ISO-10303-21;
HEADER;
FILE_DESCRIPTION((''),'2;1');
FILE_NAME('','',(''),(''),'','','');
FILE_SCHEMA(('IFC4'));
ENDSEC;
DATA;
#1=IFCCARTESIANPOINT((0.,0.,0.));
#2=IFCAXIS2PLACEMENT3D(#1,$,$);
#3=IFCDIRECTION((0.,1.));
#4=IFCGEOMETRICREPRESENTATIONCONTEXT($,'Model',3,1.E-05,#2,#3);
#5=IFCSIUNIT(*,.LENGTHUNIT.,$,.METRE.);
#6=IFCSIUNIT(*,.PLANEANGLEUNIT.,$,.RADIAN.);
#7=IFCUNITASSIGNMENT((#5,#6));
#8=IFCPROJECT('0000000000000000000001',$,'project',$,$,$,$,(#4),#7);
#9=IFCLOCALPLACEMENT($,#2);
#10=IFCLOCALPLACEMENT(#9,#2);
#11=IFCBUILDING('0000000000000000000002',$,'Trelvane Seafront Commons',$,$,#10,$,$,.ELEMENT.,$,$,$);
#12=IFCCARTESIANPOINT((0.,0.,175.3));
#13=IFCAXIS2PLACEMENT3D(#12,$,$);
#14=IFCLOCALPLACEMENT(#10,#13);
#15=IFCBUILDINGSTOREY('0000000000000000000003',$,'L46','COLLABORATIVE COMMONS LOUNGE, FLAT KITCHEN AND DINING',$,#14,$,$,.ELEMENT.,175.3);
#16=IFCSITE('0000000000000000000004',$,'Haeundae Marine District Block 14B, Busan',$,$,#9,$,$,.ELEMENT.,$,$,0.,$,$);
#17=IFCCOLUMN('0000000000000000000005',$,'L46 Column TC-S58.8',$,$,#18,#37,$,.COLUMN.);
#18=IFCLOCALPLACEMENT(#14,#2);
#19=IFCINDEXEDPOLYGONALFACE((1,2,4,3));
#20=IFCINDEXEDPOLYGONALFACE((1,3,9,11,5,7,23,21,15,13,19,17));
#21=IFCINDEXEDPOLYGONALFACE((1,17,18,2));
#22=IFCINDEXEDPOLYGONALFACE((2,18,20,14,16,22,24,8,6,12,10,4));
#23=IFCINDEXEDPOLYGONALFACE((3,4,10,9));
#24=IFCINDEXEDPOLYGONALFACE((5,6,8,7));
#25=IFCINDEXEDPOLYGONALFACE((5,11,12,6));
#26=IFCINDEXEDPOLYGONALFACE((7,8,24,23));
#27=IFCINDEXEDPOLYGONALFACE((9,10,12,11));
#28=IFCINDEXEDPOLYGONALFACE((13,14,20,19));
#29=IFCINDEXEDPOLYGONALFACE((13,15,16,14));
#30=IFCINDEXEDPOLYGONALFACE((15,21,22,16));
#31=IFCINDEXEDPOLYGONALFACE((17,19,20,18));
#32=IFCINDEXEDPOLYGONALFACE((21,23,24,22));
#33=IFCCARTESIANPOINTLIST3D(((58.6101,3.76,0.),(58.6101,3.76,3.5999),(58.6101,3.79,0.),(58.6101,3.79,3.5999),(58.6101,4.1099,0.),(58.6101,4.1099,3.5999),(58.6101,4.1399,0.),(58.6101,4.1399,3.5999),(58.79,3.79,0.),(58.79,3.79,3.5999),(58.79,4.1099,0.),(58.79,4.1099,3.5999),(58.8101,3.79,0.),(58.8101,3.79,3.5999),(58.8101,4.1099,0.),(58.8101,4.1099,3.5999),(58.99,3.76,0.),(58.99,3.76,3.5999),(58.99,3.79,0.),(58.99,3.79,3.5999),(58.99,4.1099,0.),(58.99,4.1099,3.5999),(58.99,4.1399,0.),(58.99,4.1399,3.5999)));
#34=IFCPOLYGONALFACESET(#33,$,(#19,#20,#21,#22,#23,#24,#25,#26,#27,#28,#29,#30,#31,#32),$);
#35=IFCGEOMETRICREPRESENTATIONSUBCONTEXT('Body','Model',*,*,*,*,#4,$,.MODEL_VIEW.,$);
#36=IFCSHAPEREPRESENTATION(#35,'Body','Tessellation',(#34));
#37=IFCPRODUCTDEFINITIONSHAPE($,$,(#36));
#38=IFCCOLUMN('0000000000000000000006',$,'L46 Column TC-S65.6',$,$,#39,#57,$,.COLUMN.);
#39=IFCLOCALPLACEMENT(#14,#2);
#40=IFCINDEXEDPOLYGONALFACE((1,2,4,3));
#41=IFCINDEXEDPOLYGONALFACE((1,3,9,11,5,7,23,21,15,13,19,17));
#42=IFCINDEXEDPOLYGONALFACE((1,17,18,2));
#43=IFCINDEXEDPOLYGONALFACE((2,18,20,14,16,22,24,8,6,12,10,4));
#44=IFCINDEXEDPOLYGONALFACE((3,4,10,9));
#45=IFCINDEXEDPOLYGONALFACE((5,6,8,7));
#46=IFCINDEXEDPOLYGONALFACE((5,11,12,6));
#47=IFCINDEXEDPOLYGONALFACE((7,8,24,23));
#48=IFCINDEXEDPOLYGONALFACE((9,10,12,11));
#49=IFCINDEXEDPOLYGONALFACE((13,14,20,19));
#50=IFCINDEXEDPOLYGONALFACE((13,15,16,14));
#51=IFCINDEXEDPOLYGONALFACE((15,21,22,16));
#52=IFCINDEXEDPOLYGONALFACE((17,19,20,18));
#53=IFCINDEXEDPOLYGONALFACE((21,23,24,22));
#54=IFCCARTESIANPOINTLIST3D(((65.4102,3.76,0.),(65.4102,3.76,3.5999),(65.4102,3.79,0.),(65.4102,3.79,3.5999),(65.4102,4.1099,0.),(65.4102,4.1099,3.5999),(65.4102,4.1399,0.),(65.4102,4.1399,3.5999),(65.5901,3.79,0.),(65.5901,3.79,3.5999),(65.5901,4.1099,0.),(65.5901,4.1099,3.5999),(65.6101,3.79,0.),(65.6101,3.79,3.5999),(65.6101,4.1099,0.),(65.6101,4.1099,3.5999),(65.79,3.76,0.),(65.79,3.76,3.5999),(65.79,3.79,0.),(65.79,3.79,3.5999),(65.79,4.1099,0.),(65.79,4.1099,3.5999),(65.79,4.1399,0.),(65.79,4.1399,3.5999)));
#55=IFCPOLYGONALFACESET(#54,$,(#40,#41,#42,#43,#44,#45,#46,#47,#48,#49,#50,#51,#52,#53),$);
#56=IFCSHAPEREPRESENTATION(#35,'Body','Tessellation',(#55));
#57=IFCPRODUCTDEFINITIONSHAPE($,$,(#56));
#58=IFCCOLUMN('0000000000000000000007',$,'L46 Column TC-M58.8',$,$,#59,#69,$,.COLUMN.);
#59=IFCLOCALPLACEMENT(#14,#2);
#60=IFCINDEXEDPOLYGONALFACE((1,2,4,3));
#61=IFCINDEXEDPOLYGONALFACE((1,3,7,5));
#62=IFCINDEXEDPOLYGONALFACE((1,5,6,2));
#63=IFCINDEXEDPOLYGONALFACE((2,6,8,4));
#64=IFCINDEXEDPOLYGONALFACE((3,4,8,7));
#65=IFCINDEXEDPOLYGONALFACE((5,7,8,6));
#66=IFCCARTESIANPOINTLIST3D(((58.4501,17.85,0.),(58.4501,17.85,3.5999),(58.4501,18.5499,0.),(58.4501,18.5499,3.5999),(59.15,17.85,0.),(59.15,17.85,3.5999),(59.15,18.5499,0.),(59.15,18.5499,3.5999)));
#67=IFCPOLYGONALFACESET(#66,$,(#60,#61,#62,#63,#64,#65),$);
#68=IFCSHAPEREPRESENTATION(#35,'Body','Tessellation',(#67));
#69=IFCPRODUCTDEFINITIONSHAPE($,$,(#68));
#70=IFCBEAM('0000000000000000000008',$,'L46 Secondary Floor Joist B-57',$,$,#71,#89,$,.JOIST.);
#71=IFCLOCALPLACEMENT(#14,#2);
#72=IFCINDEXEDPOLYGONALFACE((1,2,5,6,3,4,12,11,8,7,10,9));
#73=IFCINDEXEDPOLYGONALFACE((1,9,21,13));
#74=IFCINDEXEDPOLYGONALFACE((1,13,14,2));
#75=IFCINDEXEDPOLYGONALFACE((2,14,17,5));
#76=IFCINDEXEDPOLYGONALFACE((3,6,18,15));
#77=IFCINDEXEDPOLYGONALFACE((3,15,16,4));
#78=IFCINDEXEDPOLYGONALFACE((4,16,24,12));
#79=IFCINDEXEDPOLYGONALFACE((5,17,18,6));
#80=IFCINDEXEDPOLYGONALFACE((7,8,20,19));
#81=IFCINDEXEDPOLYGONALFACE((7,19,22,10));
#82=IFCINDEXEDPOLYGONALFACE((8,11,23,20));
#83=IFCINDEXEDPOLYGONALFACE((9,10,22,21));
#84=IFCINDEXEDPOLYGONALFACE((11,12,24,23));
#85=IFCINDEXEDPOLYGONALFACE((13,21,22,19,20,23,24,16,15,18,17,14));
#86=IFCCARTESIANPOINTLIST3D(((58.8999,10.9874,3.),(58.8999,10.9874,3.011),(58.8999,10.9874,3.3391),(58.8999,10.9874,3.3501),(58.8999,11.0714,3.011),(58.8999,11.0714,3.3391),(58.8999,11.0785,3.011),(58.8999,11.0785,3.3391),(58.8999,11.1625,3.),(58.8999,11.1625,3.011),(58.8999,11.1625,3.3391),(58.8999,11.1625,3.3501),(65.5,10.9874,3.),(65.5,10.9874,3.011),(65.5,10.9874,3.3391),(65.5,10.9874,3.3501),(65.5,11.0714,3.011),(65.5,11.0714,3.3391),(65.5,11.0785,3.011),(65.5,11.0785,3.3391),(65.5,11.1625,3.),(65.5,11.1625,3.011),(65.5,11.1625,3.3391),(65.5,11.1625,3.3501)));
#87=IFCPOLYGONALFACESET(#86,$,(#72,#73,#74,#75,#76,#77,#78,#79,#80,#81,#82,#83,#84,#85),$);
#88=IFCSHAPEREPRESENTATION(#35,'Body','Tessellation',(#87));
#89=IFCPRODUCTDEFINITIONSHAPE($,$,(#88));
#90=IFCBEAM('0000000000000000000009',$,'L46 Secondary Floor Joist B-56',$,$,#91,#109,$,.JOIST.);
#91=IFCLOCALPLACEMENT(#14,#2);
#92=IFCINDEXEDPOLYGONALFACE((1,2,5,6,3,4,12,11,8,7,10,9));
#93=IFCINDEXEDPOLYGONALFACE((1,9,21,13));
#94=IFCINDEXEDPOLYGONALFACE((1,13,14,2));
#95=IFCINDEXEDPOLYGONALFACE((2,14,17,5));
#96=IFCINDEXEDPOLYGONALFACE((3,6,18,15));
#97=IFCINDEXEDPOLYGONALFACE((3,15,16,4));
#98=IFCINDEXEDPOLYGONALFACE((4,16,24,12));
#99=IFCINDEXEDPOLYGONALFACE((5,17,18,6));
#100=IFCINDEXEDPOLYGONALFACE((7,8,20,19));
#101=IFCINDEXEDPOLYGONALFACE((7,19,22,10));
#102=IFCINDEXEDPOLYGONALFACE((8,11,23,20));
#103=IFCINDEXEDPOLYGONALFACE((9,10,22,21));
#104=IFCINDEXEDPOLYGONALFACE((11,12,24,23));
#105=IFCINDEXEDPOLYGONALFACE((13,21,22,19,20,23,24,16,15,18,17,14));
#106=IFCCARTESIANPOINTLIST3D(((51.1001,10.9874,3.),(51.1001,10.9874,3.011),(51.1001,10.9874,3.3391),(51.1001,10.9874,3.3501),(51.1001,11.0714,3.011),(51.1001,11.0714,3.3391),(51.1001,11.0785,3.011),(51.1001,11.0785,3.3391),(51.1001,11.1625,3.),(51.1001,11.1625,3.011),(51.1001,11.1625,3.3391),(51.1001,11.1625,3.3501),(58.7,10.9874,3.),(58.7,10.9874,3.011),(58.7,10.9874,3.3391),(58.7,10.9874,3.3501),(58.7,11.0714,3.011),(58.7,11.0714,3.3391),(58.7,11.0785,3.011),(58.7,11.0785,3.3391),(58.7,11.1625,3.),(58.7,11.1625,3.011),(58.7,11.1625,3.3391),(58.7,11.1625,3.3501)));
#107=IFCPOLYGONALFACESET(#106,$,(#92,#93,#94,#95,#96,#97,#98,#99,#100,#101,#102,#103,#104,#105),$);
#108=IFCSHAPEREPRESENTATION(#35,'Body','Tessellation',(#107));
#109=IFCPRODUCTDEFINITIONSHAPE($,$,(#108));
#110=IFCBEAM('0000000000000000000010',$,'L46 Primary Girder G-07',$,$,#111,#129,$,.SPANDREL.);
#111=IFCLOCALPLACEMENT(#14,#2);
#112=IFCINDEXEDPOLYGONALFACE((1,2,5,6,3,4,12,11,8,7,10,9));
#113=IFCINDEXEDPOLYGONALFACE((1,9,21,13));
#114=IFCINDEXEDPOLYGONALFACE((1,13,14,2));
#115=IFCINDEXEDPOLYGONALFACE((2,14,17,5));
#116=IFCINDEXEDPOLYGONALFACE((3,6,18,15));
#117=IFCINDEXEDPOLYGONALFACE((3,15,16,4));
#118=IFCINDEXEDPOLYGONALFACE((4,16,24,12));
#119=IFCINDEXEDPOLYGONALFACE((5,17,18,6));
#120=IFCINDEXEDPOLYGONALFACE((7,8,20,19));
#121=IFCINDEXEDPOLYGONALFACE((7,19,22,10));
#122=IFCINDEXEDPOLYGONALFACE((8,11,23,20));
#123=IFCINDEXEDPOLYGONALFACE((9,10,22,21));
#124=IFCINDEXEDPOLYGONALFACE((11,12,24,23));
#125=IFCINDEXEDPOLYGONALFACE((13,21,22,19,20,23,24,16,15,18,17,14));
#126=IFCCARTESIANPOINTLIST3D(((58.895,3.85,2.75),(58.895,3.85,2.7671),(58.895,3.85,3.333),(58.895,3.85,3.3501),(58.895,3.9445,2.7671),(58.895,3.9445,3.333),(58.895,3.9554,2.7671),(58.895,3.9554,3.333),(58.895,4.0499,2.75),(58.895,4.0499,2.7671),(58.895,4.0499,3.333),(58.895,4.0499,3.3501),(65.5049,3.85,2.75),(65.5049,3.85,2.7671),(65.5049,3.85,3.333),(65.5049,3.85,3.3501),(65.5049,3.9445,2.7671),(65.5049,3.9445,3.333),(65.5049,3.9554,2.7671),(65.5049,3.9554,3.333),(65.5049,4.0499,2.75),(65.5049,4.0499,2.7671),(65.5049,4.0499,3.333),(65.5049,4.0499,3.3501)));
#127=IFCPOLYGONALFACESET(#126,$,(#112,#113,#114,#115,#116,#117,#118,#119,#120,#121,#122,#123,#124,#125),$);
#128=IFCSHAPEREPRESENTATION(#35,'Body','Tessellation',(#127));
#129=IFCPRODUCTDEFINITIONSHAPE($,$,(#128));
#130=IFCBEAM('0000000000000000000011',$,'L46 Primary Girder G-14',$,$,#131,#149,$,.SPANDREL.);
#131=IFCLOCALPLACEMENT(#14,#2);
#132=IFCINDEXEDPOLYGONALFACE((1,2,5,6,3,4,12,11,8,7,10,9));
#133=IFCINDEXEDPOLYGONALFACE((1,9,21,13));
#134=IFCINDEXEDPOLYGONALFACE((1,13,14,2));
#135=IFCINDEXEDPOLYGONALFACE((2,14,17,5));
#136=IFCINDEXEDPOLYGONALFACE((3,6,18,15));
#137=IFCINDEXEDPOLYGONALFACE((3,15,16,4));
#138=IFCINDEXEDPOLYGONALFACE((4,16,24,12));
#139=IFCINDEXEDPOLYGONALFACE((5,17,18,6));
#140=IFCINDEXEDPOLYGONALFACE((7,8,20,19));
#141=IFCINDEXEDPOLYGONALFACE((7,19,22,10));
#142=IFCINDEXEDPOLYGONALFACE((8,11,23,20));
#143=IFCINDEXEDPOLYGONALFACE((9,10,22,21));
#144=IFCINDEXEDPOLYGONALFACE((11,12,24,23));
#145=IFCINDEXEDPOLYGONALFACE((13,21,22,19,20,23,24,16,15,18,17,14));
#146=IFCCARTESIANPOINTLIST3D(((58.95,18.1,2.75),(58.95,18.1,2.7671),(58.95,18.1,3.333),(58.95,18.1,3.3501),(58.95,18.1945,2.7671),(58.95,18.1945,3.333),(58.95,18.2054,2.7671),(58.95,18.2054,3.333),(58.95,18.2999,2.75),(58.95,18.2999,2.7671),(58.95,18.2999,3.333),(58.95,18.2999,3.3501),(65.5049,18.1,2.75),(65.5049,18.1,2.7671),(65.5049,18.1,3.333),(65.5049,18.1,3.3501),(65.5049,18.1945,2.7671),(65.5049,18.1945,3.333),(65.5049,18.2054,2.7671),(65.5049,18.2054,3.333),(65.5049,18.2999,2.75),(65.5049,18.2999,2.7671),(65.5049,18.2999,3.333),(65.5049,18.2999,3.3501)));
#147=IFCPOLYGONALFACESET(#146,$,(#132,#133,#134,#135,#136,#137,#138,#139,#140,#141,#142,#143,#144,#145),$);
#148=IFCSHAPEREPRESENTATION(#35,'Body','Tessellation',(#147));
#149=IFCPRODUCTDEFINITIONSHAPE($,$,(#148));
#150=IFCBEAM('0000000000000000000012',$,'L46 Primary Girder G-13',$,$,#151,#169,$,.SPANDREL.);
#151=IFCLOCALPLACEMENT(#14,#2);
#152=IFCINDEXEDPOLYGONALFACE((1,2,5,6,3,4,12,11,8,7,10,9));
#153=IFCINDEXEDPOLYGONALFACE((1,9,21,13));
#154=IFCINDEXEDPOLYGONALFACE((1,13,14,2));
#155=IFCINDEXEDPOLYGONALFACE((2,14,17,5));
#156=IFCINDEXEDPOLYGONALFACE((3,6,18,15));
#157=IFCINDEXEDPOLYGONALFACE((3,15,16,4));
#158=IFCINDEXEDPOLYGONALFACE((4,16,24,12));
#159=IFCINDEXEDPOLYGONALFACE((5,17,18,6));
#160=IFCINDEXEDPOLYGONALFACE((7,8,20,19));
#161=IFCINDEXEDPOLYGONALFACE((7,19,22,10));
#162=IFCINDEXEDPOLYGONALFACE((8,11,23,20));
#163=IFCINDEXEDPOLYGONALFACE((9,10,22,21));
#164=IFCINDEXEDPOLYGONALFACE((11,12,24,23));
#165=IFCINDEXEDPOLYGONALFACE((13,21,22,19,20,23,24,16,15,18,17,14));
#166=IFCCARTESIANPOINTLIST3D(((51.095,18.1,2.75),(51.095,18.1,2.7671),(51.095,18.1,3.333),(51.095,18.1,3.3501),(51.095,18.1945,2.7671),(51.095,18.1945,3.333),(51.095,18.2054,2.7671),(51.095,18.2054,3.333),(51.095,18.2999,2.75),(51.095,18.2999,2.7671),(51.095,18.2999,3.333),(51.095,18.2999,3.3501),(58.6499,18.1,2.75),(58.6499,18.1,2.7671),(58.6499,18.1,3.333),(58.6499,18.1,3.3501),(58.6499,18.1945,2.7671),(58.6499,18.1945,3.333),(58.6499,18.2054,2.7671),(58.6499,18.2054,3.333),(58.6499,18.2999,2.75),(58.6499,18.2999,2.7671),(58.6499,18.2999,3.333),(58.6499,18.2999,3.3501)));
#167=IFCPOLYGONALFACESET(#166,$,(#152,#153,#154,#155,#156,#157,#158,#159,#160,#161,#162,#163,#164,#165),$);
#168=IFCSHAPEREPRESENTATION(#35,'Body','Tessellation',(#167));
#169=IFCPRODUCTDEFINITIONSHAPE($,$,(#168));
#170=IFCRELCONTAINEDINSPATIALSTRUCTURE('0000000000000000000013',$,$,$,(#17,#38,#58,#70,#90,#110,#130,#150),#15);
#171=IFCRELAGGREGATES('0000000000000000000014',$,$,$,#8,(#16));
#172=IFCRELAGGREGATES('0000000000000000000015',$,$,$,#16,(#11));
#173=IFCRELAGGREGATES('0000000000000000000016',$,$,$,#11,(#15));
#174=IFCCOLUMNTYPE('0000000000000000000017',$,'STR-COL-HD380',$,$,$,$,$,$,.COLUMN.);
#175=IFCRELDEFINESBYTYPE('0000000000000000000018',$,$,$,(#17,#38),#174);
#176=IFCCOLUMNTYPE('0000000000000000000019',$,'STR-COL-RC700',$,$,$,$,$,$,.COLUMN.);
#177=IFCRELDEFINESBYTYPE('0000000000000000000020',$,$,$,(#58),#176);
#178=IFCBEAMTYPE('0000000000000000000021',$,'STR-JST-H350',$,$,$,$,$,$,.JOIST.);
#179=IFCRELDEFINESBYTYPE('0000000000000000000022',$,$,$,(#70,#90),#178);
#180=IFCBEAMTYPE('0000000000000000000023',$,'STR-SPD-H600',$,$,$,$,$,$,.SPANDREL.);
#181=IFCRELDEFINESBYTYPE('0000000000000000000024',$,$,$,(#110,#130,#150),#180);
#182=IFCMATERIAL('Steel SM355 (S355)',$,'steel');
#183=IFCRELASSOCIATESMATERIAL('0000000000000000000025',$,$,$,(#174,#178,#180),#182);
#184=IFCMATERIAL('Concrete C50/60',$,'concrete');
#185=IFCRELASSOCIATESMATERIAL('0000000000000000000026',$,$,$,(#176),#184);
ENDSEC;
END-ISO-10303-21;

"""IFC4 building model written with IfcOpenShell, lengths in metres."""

from ifc_helpers import new_model, si_unit, direction, frame, origin, origin_2d, place, context, subcontext, project, spatial, rectangle, i_section, extrude, source, transform, mapped, material, material_profile, profile_set, type_object, element, save


model = new_model("IFC4")

# Units and contexts
model_context = context("Model", 3, precision=1e-05, world=origin(), true_north=direction((0.0, 1.0)))
body_context = subcontext(model_context, "Body", "Model", "MODEL_VIEW")
ifc_project = project(units=[si_unit("LENGTHUNIT", "METRE"), si_unit("PLANEANGLEUNIT", "RADIAN")], contexts=[model_context])

# Site, building, storey
site_placement = place(None, origin())
site = spatial("IfcSite", under=ifc_project, at=site_placement, Name="Haeundae Marine District Block 14B, Busan", CompositionType="ELEMENT", RefElevation=0.0)
building_placement = place(site_placement, origin())
building = spatial("IfcBuilding", under=site, at=building_placement, Name="Trelvane Seafront Commons", CompositionType="ELEMENT")
storey_placement = place(building_placement, frame((0.0, 0.0, 175.3)))
storey = spatial("IfcBuildingStorey", under=building, at=storey_placement, Name="L46", Description="COLLABORATIVE COMMONS LOUNGE, FLAT KITCHEN AND DINING", CompositionType="ELEMENT", Elevation=175.3)

# Columns
ifc_material_1 = material(Name="Steel SM355 (S355)", Category="steel")
ifc_material_profile_1 = material_profile(ifc_material_1, i_section(OverallWidth=0.3799, OverallDepth=0.3799, WebThickness=0.02, FlangeThickness=0.03, at=origin_2d()), Name="HD-380x380x20x30")
ifc_profile_set_1 = profile_set([ifc_material_profile_1], Name="Steel SM355 (S355)")
column_type_1 = type_object("IfcColumnType", Name="STR-COL-HD380", PredefinedType="COLUMN", material=ifc_profile_set_1)
shared_shape_1 = source(origin(), body_context, "Body", "SweptSolid", [
    extrude(i_section(OverallWidth=0.3799, OverallDepth=0.3799, WebThickness=0.02, FlangeThickness=0.03, at=origin_2d()), origin(), (0.0, 0.0, 1.0), 3.5999),
])
for number, where, z_axis, x_axis, name in (
    (1, (58.8, 3.95, 0.0), (0.0, 0.0, 1.0), (1.0, 0.0, 0.0), "L46 Column TC-S58.8"),
    (2, (65.6001, 3.95, 0.0), (0.0, 0.0, 1.0), (1.0, 0.0, 0.0), "L46 Column TC-S65.6"),
):
    element("IfcColumn", number, at=place(storey_placement, frame(where, z_axis=z_axis, x_axis=x_axis)), inside=storey, type_object=column_type_1, Name=name, PredefinedType="COLUMN", context=body_context, shape_type="MappedRepresentation", body=[
        mapped(shared_shape_1, transform((0.0, 0.0, 0.0), x_axis=(1.0, 0.0, 0.0), y_axis=(0.0, 1.0, 0.0), z_axis=(0.0, 0.0, 1.0), scale=1.0)),
    ])
ifc_material_2 = material(Name="Concrete C50/60", Category="concrete")
ifc_material_profile_2 = material_profile(ifc_material_2, rectangle(XDim=0.7, YDim=0.7, at=origin_2d()), Name="RC-700x700")
ifc_profile_set_2 = profile_set([ifc_material_profile_2], Name="Concrete C50/60")
column_type_2 = type_object("IfcColumnType", Name="STR-COL-RC700", PredefinedType="COLUMN", material=ifc_profile_set_2)
shared_shape_2 = source(origin(), body_context, "Body", "SweptSolid", [
    extrude(rectangle(XDim=0.7, YDim=0.7, at=origin_2d()), origin(), (0.0, 0.0, 1.0), 3.5999),
])
column_placement = place(storey_placement, frame((58.8, 18.2, 0.0), z_axis=(0.0, 0.0, 1.0), x_axis=(1.0, 0.0, 0.0)))
element("IfcColumn", 3, at=column_placement, inside=storey, type_object=column_type_2, Name="L46 Column TC-M58.8", PredefinedType="COLUMN", context=body_context, shape_type="MappedRepresentation", body=[
    mapped(shared_shape_2, transform((0.0, 0.0, 0.0), x_axis=(1.0, 0.0, 0.0), y_axis=(0.0, 1.0, 0.0), z_axis=(0.0, 0.0, 1.0), scale=1.0)),
])

# Beams
ifc_material_profile_3 = material_profile(ifc_material_1, i_section(OverallWidth=0.175, OverallDepth=0.3501, WebThickness=0.0071, FlangeThickness=0.011, at=origin_2d()), Name="H-350x175x7x11")
ifc_profile_set_3 = profile_set([ifc_material_profile_3], Name="Steel SM355 (S355)")
beam_type_1 = type_object("IfcBeamType", Name="STR-JST-H350", PredefinedType="JOIST", material=ifc_profile_set_3)
shared_shape_3 = source(origin(), body_context, "Body", "SweptSolid", [
    extrude(i_section(OverallWidth=0.175, OverallDepth=0.3501, WebThickness=0.0071, FlangeThickness=0.011, at=origin_2d()), origin(), (0.0, 0.0, 1.0), 6.6001),
])
beam_1_placement = place(storey_placement, frame((58.8999, 11.075, 3.175), z_axis=(1.0, 0.0, 0.0), x_axis=(0.0, 1.0, 0.0)))
element("IfcBeam", 4, at=beam_1_placement, inside=storey, type_object=beam_type_1, Name="L46 Secondary Floor Joist B-57", PredefinedType="JOIST", context=body_context, shape_type="MappedRepresentation", body=[
    mapped(shared_shape_3, transform((0.0, 0.0, 0.0), x_axis=(1.0, 0.0, 0.0), y_axis=(0.0, 1.0, 0.0), z_axis=(0.0, 0.0, 1.0), scale=1.0)),
])
shared_shape_4 = source(origin(), body_context, "Body", "SweptSolid", [
    extrude(i_section(OverallWidth=0.175, OverallDepth=0.3501, WebThickness=0.0071, FlangeThickness=0.011, at=origin_2d()), origin(), (0.0, 0.0, 1.0), 7.5999),
])
beam_2_placement = place(storey_placement, frame((51.1001, 11.075, 3.175), z_axis=(1.0, 0.0, 0.0), x_axis=(0.0, 1.0, 0.0)))
element("IfcBeam", 5, at=beam_2_placement, inside=storey, type_object=beam_type_1, Name="L46 Secondary Floor Joist B-56", PredefinedType="JOIST", context=body_context, shape_type="MappedRepresentation", body=[
    mapped(shared_shape_4, transform((0.0, 0.0, 0.0), x_axis=(1.0, 0.0, 0.0), y_axis=(0.0, 1.0, 0.0), z_axis=(0.0, 0.0, 1.0), scale=1.0)),
])
ifc_material_profile_4 = material_profile(ifc_material_1, i_section(OverallWidth=0.2, OverallDepth=0.6001, WebThickness=0.011, FlangeThickness=0.0171, at=origin_2d()), Name="H-600x200x11x17")
ifc_profile_set_4 = profile_set([ifc_material_profile_4], Name="Steel SM355 (S355)")
beam_type_2 = type_object("IfcBeamType", Name="STR-SPD-H600", PredefinedType="SPANDREL", material=ifc_profile_set_4)
shared_shape_5 = source(origin(), body_context, "Body", "SweptSolid", [
    extrude(i_section(OverallWidth=0.2, OverallDepth=0.6001, WebThickness=0.011, FlangeThickness=0.0171, at=origin_2d()), origin(), (0.0, 0.0, 1.0), 6.6099),
])
beam_3_placement = place(storey_placement, frame((58.895, 3.95, 3.05), z_axis=(1.0, 0.0, 0.0), x_axis=(0.0, 1.0, 0.0)))
element("IfcBeam", 6, at=beam_3_placement, inside=storey, type_object=beam_type_2, Name="L46 Primary Girder G-07", PredefinedType="SPANDREL", context=body_context, shape_type="MappedRepresentation", body=[
    mapped(shared_shape_5, transform((0.0, 0.0, 0.0), x_axis=(1.0, 0.0, 0.0), y_axis=(0.0, 1.0, 0.0), z_axis=(0.0, 0.0, 1.0), scale=1.0)),
])
shared_shape_6 = source(origin(), body_context, "Body", "SweptSolid", [
    extrude(i_section(OverallWidth=0.2, OverallDepth=0.6001, WebThickness=0.011, FlangeThickness=0.0171, at=origin_2d()), origin(), (0.0, 0.0, 1.0), 6.5549),
])
beam_4_placement = place(storey_placement, frame((58.95, 18.2, 3.05), z_axis=(1.0, 0.0, 0.0), x_axis=(0.0, 1.0, 0.0)))
element("IfcBeam", 7, at=beam_4_placement, inside=storey, type_object=beam_type_2, Name="L46 Primary Girder G-14", PredefinedType="SPANDREL", context=body_context, shape_type="MappedRepresentation", body=[
    mapped(shared_shape_6, transform((0.0, 0.0, 0.0), x_axis=(1.0, 0.0, 0.0), y_axis=(0.0, 1.0, 0.0), z_axis=(0.0, 0.0, 1.0), scale=1.0)),
])
shared_shape_7 = source(origin(), body_context, "Body", "SweptSolid", [
    extrude(i_section(OverallWidth=0.2, OverallDepth=0.6001, WebThickness=0.011, FlangeThickness=0.0171, at=origin_2d()), origin(), (0.0, 0.0, 1.0), 7.5549),
])
beam_5_placement = place(storey_placement, frame((51.095, 18.2, 3.05), z_axis=(1.0, 0.0, 0.0), x_axis=(0.0, 1.0, 0.0)))
element("IfcBeam", 8, at=beam_5_placement, inside=storey, type_object=beam_type_2, Name="L46 Primary Girder G-13", PredefinedType="SPANDREL", context=body_context, shape_type="MappedRepresentation", body=[
    mapped(shared_shape_7, transform((0.0, 0.0, 0.0), x_axis=(1.0, 0.0, 0.0), y_axis=(0.0, 1.0, 0.0), z_axis=(0.0, 0.0, 1.0), scale=1.0)),
])

save(model, "model.ifc")
